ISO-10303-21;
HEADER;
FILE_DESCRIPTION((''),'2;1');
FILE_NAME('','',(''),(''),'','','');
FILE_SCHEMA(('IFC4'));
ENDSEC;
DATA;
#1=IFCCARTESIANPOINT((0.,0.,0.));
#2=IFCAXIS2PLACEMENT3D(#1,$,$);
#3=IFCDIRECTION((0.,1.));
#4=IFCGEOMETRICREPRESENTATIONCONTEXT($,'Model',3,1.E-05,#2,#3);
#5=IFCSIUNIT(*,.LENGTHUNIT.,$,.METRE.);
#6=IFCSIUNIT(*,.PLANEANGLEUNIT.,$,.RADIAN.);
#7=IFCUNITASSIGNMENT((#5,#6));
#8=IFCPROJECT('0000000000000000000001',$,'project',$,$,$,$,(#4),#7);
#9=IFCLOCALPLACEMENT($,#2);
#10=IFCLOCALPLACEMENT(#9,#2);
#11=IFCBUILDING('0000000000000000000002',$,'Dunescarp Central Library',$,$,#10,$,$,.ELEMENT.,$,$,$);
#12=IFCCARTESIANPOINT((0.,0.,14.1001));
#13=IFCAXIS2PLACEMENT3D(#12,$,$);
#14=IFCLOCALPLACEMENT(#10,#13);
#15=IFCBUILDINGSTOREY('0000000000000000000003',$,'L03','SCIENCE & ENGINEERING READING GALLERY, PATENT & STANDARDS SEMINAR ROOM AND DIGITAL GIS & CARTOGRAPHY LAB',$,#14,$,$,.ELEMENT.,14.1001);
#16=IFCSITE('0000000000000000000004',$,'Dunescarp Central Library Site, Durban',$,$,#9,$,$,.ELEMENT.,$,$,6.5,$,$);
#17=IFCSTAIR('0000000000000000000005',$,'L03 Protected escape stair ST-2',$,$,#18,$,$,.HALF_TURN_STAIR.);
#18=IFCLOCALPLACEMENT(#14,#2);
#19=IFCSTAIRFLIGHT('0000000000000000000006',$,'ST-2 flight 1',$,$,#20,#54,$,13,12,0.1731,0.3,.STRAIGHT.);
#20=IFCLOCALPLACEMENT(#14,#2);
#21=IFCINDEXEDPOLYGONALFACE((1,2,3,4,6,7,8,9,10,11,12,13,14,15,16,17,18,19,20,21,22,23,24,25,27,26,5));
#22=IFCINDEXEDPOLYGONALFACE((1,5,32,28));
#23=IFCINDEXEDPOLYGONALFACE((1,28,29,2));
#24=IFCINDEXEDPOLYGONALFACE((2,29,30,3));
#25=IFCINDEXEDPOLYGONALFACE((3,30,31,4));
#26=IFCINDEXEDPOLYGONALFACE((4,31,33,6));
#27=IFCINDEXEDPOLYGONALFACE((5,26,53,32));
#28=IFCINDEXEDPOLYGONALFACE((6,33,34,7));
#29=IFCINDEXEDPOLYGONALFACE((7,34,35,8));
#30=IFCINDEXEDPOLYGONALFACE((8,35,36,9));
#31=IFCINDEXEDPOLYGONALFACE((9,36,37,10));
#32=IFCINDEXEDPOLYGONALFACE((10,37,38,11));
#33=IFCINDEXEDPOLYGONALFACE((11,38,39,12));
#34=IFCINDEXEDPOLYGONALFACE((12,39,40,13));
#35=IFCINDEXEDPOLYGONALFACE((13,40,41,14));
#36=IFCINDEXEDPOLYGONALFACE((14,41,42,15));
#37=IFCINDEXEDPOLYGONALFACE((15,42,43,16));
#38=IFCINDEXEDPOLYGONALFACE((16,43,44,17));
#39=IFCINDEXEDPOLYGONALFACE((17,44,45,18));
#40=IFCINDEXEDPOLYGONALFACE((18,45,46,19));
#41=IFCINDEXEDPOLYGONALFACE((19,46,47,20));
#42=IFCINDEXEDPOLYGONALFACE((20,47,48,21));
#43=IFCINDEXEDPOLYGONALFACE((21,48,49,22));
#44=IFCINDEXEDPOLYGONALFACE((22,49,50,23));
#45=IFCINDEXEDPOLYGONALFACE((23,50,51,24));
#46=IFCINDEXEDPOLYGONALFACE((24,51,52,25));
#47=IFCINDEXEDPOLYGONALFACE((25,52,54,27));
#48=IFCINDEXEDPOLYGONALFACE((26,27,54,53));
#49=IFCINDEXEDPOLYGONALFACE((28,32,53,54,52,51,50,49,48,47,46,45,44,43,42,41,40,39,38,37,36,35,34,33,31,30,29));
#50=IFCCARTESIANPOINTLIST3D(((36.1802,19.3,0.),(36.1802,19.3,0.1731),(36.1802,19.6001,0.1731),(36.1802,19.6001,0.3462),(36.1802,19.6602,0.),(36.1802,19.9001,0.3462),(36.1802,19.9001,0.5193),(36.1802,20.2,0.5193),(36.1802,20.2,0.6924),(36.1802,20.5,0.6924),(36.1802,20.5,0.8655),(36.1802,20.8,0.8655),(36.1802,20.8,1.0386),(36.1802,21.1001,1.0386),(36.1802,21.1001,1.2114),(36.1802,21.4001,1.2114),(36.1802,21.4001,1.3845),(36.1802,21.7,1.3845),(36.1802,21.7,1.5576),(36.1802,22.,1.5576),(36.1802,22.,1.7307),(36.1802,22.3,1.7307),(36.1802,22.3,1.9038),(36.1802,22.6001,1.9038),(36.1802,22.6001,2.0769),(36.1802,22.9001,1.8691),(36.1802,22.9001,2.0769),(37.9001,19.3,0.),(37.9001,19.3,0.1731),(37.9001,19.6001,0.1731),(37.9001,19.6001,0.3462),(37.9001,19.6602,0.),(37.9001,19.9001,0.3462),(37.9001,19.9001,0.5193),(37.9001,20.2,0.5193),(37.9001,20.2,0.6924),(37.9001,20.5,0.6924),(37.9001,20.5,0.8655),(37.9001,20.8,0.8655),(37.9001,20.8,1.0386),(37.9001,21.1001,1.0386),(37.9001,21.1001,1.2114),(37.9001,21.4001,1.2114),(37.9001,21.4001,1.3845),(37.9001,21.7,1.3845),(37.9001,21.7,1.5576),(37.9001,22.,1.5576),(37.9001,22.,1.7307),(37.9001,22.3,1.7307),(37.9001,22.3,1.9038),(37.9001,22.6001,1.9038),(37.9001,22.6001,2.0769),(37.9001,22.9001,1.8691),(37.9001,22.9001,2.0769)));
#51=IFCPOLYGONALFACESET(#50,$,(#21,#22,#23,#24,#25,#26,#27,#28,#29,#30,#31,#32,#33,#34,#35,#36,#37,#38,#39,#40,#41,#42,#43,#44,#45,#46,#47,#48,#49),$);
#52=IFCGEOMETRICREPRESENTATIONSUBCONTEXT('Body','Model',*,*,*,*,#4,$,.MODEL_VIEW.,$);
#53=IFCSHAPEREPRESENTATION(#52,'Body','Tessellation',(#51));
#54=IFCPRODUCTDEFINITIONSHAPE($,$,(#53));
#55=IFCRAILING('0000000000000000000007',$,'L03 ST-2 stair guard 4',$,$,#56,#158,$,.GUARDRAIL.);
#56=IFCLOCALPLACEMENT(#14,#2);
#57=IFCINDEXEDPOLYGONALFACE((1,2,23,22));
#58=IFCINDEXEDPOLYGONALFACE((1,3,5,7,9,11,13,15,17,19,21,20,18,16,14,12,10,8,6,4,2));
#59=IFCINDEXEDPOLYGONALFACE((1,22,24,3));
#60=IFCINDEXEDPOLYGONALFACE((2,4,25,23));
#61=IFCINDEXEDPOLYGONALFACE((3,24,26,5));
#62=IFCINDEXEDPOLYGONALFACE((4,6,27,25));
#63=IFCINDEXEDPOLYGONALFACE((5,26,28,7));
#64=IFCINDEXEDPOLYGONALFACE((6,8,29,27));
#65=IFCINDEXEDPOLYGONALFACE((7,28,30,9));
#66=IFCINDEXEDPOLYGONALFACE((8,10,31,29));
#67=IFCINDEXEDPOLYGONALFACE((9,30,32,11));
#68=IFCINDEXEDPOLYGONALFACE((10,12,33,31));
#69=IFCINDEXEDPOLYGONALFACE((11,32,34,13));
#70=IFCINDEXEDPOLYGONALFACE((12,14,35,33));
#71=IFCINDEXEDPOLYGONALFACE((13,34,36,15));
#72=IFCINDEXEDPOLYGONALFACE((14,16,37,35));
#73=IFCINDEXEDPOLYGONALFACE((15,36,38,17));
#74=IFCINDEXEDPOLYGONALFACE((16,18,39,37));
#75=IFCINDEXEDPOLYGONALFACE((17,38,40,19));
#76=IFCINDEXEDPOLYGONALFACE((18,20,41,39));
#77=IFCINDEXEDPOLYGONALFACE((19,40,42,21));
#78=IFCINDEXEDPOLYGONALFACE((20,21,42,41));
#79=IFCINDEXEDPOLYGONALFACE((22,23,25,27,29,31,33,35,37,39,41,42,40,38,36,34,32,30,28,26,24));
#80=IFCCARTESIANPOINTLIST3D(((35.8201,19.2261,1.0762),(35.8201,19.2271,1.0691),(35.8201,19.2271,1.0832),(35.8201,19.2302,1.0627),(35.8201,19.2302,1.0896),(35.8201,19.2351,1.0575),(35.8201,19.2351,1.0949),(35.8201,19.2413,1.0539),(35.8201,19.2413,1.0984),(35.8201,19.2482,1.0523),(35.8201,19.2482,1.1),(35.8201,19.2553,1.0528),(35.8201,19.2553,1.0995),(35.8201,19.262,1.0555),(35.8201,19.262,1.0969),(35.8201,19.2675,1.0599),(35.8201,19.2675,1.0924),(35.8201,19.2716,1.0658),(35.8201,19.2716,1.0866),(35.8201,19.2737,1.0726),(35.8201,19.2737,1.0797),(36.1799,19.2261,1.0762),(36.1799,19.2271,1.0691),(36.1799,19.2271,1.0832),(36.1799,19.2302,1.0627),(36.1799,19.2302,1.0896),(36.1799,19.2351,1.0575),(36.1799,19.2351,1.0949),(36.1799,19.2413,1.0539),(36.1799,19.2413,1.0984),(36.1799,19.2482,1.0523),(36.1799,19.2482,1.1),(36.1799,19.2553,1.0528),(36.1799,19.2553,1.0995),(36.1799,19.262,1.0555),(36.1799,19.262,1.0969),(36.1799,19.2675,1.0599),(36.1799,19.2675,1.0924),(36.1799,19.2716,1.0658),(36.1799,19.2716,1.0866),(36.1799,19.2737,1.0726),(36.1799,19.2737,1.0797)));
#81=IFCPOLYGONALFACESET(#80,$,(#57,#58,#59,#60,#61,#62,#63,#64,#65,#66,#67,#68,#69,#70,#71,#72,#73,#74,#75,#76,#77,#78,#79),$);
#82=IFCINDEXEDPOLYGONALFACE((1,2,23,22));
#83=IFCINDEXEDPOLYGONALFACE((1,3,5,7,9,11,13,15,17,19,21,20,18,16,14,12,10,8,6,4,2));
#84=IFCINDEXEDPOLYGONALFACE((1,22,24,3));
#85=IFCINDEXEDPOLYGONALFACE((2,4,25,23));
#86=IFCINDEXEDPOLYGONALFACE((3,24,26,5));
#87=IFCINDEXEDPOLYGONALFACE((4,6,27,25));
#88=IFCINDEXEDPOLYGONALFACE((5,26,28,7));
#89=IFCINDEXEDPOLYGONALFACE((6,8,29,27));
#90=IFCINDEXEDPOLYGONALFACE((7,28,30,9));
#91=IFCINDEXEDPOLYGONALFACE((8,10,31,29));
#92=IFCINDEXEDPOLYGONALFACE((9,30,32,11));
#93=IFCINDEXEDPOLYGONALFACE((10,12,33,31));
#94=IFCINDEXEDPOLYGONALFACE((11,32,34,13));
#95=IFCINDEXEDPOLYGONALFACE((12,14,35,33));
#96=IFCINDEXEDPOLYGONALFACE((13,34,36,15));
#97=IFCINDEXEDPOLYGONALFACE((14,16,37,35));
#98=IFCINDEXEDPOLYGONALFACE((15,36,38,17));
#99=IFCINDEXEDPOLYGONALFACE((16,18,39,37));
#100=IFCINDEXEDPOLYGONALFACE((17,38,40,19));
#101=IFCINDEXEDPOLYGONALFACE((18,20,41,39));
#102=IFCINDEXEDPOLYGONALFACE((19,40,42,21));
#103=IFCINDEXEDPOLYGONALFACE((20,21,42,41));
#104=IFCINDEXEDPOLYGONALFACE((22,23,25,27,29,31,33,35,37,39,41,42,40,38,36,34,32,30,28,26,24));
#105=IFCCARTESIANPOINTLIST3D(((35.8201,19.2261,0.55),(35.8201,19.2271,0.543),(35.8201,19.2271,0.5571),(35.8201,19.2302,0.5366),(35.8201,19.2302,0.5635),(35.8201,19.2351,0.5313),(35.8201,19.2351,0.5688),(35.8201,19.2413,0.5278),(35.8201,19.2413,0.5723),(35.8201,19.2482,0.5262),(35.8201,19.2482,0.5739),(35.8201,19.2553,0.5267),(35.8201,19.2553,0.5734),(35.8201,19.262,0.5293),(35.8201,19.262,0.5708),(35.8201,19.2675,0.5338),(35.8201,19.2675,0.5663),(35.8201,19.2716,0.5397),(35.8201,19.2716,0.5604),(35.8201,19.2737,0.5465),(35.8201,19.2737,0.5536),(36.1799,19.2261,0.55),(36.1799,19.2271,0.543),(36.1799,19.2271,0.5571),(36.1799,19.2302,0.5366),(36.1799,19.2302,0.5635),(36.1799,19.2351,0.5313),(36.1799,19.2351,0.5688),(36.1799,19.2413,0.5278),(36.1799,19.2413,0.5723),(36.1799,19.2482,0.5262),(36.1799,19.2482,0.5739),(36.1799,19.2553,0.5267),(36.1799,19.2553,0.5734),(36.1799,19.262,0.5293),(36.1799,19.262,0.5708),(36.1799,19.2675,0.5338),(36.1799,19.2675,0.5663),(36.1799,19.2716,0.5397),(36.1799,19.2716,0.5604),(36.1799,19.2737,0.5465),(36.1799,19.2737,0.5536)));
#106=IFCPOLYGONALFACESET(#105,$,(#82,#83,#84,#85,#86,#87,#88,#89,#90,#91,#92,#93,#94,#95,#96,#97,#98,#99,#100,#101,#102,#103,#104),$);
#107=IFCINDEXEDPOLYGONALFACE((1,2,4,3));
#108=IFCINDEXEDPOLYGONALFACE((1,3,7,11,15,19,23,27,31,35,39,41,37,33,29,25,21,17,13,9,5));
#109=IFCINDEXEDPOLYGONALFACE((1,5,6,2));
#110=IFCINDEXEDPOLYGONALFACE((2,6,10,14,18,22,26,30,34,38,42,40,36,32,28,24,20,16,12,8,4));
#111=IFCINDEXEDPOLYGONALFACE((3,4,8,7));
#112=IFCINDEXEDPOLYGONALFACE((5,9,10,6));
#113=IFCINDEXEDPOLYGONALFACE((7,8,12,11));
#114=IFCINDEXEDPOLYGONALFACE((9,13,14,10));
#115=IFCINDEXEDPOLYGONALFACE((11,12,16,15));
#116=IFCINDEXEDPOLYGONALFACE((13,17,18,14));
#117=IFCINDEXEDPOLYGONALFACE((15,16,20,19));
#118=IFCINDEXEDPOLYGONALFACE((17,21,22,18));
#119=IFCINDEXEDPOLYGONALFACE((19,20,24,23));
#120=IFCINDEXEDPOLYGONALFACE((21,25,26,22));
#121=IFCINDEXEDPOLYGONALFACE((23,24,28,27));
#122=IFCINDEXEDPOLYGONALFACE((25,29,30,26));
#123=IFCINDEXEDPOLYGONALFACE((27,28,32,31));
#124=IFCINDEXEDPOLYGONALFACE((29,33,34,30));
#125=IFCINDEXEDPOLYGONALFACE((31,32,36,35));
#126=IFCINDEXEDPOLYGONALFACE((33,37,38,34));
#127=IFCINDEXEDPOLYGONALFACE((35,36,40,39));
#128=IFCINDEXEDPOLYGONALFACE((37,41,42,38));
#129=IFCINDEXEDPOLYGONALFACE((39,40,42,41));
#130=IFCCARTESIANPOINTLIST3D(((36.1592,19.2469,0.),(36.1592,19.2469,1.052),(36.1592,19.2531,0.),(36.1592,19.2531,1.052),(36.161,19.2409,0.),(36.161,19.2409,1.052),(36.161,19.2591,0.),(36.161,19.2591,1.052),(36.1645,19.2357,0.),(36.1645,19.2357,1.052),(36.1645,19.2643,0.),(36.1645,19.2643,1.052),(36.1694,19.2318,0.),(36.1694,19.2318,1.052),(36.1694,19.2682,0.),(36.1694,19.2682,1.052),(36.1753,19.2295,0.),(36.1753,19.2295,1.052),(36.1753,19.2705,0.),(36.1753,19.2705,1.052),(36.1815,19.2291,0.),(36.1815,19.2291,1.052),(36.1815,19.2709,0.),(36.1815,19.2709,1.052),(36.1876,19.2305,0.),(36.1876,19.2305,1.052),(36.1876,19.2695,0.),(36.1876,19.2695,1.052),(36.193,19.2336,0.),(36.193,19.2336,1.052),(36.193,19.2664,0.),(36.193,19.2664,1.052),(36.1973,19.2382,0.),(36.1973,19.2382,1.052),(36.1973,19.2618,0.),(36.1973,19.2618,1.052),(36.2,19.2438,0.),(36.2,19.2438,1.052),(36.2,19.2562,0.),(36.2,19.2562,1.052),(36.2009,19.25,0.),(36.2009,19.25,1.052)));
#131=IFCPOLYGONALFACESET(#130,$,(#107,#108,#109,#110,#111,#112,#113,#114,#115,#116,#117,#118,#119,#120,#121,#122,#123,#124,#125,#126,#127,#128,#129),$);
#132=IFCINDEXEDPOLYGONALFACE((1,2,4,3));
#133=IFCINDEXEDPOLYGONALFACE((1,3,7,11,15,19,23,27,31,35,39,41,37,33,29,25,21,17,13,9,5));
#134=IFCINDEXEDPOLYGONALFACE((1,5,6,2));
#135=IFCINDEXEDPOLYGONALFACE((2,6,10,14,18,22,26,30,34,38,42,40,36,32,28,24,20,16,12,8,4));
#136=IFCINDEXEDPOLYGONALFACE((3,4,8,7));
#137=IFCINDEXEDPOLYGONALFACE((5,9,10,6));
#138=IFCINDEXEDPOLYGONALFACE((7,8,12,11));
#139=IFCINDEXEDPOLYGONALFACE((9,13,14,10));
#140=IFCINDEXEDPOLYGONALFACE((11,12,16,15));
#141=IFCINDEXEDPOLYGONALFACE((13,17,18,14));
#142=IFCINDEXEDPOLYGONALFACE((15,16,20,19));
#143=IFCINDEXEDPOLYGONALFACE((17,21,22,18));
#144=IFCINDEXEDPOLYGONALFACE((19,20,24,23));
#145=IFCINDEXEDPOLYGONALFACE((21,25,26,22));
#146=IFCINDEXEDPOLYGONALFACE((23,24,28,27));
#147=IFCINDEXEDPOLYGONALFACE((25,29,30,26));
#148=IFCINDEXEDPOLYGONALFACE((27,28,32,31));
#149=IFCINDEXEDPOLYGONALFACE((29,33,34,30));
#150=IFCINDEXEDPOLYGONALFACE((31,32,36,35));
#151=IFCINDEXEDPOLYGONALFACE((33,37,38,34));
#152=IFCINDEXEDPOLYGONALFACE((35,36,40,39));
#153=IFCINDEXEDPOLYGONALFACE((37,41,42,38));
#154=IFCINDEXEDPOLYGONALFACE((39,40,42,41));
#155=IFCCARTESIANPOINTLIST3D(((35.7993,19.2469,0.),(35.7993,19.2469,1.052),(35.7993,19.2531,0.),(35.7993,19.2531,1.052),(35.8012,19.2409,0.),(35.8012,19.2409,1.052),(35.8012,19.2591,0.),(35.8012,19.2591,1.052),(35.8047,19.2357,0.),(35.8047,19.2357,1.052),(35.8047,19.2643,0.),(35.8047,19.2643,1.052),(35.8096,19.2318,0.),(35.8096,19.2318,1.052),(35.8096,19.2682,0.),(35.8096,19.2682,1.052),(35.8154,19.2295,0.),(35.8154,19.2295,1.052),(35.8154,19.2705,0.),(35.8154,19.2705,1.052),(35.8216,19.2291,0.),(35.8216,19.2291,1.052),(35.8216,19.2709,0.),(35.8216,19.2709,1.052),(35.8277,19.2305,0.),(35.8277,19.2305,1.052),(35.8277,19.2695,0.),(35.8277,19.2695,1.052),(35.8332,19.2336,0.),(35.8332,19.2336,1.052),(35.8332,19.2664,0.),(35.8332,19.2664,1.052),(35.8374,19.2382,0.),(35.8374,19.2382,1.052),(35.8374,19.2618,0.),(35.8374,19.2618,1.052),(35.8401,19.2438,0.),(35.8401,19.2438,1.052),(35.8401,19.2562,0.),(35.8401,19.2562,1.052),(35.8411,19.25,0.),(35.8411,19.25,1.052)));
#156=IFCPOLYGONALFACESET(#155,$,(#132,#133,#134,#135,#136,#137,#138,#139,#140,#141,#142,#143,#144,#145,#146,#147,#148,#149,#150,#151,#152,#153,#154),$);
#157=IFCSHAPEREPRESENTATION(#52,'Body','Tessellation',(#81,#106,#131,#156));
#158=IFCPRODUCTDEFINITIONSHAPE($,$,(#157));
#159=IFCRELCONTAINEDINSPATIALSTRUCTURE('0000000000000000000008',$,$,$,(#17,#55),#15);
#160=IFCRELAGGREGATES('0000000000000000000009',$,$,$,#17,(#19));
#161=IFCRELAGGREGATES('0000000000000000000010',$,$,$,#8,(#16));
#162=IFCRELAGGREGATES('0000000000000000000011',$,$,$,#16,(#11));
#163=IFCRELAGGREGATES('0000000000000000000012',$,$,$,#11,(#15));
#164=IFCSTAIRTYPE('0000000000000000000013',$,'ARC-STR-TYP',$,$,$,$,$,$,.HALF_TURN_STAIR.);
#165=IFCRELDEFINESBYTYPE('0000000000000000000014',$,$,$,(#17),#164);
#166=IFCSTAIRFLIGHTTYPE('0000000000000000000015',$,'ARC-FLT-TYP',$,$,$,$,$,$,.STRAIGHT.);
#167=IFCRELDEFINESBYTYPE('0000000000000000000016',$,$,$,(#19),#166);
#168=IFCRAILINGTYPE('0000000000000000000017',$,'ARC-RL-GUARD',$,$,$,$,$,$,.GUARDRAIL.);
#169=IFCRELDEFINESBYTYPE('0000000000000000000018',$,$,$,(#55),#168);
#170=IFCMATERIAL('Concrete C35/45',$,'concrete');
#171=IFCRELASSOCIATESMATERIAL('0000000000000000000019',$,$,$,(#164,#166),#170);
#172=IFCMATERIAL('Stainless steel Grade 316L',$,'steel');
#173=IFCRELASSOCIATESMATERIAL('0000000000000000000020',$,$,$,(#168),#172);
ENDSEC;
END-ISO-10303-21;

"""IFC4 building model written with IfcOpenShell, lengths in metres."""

from ifc_helpers import new_model, si_unit, direction, frame, origin, origin_2d, place, context, subcontext, project, spatial, polyline, circle, outline, extrude, material, type_object, element, aggregate, save


model = new_model("IFC4")

# Units and contexts
model_context = context("Model", 3, precision=1e-05, world=origin(), true_north=direction((0.0, 1.0)))
body_context = subcontext(model_context, "Body", "Model", "MODEL_VIEW")
ifc_project = project(units=[si_unit("LENGTHUNIT", "METRE"), si_unit("PLANEANGLEUNIT", "RADIAN")], contexts=[model_context])

# Site, building, storey
site_placement = place(None, origin())
site = spatial("IfcSite", under=ifc_project, at=site_placement, Name="Dunescarp Central Library Site, Durban", CompositionType="ELEMENT", RefElevation=6.5)
building_placement = place(site_placement, origin())
building = spatial("IfcBuilding", under=site, at=building_placement, Name="Dunescarp Central Library", CompositionType="ELEMENT")
storey_placement = place(building_placement, frame((0.0, 0.0, 14.1001)))
storey = spatial("IfcBuildingStorey", under=building, at=storey_placement, Name="L03", Description="SCIENCE & ENGINEERING READING GALLERY, PATENT & STANDARDS SEMINAR ROOM AND DIGITAL GIS & CARTOGRAPHY LAB", CompositionType="ELEMENT", Elevation=14.1001)

# Shared definitions
ifc_material_1 = material(Name="Concrete C35/45", Category="concrete")

# Stair, stair flight
stair_type = type_object("IfcStairType", Name="ARC-STR-TYP", PredefinedType="HALF_TURN_STAIR", material=ifc_material_1)
stair_placement = place(storey_placement, origin())
stair = element("IfcStair", 1, at=stair_placement, inside=storey, type_object=stair_type, Name="L03 Protected escape stair ST-2", PredefinedType="HALF_TURN_STAIR")
stair_flight_type = type_object("IfcStairFlightType", Name="ARC-FLT-TYP", PredefinedType="STRAIGHT", material=ifc_material_1)
stair_flight_placement = place(storey_placement, frame((37.04, 19.3, 0.0), z_axis=(0.0, 0.0, 1.0), x_axis=(0.0, 1.0, 0.0)))
stair_flight = element("IfcStairFlight", 2, at=stair_flight_placement, type_object=stair_flight_type, Name="ST-2 flight 1", NumberOfRisers=13, NumberOfTreads=12, PredefinedType="STRAIGHT", RiserHeight=0.1731, TreadLength=0.3, context=body_context, shape_type="SweptSolid", body=[
    extrude(outline(polyline([(0.0, 0.0), (0.0, 0.1731), (0.3, 0.1731), (0.3, 0.3462), (0.6001, 0.3462), (0.6001, 0.5193), (0.8999, 0.5193), (0.8999, 0.6924), (1.2, 0.6924), (1.2, 0.8655), (1.5, 0.8655), (1.5, 1.0386), (1.8, 1.0386), (1.8, 1.2114), (2.1001, 1.2114), (2.1001, 1.3845), (2.3999, 1.3845), (2.3999, 1.5576), (2.7, 1.5576), (2.7, 1.7307), (3.0, 1.7307), (3.0, 1.9038), (3.3, 1.9038), (3.3, 2.0769), (3.6001, 2.0769), (3.6001, 2.25), (3.6001, 1.8691), (0.3601, 0.0), (0.0, 0.0)])), frame((0.0, 0.8599, 0.0), z_axis=(0.0, -1.0, 0.0), x_axis=(1.0, 0.0, 0.0)), (0.0, 0.0, 1.0), 1.72),
])
aggregate(stair, [stair_flight])

# Railing
ifc_material_2 = material(Name="Stainless steel Grade 316L", Category="steel")
railing_type_1 = type_object("IfcRailingType", Name="ARC-RL-GUARD", PredefinedType="GUARDRAIL", material=ifc_material_2)
railing_1_placement = place(storey_placement, frame((36.1799, 19.25, 0.0)))
element("IfcRailing", 3, at=railing_1_placement, inside=storey, type_object=railing_type_1, Name="L03 ST-2 stair guard 4", PredefinedType="GUARDRAIL", context=body_context, shape_type="SweptSolid", body=[
    extrude(circle(Radius=0.0239, at=origin_2d()), frame((0.0, 0.0, 1.0762), z_axis=(-1.0, 0.0, 0.0), x_axis=(0.0, -1.0, 0.0)), (0.0, 0.0, 1.0), 0.3599),
    extrude(circle(Radius=0.0239, at=origin_2d()), frame((0.0, 0.0, 0.55), z_axis=(-1.0, 0.0, 0.0), x_axis=(0.0, -1.0, 0.0)), (0.0, 0.0, 1.0), 0.3599),
    extrude(circle(Radius=0.021, at=origin_2d()), origin(), (0.0, 0.0, 1.0), 1.052),
    extrude(circle(Radius=0.021, at=origin_2d()), frame((-0.3599, 0.0, 0.0)), (0.0, 0.0, 1.0), 1.052),
])

save(model, "model.ifc")
